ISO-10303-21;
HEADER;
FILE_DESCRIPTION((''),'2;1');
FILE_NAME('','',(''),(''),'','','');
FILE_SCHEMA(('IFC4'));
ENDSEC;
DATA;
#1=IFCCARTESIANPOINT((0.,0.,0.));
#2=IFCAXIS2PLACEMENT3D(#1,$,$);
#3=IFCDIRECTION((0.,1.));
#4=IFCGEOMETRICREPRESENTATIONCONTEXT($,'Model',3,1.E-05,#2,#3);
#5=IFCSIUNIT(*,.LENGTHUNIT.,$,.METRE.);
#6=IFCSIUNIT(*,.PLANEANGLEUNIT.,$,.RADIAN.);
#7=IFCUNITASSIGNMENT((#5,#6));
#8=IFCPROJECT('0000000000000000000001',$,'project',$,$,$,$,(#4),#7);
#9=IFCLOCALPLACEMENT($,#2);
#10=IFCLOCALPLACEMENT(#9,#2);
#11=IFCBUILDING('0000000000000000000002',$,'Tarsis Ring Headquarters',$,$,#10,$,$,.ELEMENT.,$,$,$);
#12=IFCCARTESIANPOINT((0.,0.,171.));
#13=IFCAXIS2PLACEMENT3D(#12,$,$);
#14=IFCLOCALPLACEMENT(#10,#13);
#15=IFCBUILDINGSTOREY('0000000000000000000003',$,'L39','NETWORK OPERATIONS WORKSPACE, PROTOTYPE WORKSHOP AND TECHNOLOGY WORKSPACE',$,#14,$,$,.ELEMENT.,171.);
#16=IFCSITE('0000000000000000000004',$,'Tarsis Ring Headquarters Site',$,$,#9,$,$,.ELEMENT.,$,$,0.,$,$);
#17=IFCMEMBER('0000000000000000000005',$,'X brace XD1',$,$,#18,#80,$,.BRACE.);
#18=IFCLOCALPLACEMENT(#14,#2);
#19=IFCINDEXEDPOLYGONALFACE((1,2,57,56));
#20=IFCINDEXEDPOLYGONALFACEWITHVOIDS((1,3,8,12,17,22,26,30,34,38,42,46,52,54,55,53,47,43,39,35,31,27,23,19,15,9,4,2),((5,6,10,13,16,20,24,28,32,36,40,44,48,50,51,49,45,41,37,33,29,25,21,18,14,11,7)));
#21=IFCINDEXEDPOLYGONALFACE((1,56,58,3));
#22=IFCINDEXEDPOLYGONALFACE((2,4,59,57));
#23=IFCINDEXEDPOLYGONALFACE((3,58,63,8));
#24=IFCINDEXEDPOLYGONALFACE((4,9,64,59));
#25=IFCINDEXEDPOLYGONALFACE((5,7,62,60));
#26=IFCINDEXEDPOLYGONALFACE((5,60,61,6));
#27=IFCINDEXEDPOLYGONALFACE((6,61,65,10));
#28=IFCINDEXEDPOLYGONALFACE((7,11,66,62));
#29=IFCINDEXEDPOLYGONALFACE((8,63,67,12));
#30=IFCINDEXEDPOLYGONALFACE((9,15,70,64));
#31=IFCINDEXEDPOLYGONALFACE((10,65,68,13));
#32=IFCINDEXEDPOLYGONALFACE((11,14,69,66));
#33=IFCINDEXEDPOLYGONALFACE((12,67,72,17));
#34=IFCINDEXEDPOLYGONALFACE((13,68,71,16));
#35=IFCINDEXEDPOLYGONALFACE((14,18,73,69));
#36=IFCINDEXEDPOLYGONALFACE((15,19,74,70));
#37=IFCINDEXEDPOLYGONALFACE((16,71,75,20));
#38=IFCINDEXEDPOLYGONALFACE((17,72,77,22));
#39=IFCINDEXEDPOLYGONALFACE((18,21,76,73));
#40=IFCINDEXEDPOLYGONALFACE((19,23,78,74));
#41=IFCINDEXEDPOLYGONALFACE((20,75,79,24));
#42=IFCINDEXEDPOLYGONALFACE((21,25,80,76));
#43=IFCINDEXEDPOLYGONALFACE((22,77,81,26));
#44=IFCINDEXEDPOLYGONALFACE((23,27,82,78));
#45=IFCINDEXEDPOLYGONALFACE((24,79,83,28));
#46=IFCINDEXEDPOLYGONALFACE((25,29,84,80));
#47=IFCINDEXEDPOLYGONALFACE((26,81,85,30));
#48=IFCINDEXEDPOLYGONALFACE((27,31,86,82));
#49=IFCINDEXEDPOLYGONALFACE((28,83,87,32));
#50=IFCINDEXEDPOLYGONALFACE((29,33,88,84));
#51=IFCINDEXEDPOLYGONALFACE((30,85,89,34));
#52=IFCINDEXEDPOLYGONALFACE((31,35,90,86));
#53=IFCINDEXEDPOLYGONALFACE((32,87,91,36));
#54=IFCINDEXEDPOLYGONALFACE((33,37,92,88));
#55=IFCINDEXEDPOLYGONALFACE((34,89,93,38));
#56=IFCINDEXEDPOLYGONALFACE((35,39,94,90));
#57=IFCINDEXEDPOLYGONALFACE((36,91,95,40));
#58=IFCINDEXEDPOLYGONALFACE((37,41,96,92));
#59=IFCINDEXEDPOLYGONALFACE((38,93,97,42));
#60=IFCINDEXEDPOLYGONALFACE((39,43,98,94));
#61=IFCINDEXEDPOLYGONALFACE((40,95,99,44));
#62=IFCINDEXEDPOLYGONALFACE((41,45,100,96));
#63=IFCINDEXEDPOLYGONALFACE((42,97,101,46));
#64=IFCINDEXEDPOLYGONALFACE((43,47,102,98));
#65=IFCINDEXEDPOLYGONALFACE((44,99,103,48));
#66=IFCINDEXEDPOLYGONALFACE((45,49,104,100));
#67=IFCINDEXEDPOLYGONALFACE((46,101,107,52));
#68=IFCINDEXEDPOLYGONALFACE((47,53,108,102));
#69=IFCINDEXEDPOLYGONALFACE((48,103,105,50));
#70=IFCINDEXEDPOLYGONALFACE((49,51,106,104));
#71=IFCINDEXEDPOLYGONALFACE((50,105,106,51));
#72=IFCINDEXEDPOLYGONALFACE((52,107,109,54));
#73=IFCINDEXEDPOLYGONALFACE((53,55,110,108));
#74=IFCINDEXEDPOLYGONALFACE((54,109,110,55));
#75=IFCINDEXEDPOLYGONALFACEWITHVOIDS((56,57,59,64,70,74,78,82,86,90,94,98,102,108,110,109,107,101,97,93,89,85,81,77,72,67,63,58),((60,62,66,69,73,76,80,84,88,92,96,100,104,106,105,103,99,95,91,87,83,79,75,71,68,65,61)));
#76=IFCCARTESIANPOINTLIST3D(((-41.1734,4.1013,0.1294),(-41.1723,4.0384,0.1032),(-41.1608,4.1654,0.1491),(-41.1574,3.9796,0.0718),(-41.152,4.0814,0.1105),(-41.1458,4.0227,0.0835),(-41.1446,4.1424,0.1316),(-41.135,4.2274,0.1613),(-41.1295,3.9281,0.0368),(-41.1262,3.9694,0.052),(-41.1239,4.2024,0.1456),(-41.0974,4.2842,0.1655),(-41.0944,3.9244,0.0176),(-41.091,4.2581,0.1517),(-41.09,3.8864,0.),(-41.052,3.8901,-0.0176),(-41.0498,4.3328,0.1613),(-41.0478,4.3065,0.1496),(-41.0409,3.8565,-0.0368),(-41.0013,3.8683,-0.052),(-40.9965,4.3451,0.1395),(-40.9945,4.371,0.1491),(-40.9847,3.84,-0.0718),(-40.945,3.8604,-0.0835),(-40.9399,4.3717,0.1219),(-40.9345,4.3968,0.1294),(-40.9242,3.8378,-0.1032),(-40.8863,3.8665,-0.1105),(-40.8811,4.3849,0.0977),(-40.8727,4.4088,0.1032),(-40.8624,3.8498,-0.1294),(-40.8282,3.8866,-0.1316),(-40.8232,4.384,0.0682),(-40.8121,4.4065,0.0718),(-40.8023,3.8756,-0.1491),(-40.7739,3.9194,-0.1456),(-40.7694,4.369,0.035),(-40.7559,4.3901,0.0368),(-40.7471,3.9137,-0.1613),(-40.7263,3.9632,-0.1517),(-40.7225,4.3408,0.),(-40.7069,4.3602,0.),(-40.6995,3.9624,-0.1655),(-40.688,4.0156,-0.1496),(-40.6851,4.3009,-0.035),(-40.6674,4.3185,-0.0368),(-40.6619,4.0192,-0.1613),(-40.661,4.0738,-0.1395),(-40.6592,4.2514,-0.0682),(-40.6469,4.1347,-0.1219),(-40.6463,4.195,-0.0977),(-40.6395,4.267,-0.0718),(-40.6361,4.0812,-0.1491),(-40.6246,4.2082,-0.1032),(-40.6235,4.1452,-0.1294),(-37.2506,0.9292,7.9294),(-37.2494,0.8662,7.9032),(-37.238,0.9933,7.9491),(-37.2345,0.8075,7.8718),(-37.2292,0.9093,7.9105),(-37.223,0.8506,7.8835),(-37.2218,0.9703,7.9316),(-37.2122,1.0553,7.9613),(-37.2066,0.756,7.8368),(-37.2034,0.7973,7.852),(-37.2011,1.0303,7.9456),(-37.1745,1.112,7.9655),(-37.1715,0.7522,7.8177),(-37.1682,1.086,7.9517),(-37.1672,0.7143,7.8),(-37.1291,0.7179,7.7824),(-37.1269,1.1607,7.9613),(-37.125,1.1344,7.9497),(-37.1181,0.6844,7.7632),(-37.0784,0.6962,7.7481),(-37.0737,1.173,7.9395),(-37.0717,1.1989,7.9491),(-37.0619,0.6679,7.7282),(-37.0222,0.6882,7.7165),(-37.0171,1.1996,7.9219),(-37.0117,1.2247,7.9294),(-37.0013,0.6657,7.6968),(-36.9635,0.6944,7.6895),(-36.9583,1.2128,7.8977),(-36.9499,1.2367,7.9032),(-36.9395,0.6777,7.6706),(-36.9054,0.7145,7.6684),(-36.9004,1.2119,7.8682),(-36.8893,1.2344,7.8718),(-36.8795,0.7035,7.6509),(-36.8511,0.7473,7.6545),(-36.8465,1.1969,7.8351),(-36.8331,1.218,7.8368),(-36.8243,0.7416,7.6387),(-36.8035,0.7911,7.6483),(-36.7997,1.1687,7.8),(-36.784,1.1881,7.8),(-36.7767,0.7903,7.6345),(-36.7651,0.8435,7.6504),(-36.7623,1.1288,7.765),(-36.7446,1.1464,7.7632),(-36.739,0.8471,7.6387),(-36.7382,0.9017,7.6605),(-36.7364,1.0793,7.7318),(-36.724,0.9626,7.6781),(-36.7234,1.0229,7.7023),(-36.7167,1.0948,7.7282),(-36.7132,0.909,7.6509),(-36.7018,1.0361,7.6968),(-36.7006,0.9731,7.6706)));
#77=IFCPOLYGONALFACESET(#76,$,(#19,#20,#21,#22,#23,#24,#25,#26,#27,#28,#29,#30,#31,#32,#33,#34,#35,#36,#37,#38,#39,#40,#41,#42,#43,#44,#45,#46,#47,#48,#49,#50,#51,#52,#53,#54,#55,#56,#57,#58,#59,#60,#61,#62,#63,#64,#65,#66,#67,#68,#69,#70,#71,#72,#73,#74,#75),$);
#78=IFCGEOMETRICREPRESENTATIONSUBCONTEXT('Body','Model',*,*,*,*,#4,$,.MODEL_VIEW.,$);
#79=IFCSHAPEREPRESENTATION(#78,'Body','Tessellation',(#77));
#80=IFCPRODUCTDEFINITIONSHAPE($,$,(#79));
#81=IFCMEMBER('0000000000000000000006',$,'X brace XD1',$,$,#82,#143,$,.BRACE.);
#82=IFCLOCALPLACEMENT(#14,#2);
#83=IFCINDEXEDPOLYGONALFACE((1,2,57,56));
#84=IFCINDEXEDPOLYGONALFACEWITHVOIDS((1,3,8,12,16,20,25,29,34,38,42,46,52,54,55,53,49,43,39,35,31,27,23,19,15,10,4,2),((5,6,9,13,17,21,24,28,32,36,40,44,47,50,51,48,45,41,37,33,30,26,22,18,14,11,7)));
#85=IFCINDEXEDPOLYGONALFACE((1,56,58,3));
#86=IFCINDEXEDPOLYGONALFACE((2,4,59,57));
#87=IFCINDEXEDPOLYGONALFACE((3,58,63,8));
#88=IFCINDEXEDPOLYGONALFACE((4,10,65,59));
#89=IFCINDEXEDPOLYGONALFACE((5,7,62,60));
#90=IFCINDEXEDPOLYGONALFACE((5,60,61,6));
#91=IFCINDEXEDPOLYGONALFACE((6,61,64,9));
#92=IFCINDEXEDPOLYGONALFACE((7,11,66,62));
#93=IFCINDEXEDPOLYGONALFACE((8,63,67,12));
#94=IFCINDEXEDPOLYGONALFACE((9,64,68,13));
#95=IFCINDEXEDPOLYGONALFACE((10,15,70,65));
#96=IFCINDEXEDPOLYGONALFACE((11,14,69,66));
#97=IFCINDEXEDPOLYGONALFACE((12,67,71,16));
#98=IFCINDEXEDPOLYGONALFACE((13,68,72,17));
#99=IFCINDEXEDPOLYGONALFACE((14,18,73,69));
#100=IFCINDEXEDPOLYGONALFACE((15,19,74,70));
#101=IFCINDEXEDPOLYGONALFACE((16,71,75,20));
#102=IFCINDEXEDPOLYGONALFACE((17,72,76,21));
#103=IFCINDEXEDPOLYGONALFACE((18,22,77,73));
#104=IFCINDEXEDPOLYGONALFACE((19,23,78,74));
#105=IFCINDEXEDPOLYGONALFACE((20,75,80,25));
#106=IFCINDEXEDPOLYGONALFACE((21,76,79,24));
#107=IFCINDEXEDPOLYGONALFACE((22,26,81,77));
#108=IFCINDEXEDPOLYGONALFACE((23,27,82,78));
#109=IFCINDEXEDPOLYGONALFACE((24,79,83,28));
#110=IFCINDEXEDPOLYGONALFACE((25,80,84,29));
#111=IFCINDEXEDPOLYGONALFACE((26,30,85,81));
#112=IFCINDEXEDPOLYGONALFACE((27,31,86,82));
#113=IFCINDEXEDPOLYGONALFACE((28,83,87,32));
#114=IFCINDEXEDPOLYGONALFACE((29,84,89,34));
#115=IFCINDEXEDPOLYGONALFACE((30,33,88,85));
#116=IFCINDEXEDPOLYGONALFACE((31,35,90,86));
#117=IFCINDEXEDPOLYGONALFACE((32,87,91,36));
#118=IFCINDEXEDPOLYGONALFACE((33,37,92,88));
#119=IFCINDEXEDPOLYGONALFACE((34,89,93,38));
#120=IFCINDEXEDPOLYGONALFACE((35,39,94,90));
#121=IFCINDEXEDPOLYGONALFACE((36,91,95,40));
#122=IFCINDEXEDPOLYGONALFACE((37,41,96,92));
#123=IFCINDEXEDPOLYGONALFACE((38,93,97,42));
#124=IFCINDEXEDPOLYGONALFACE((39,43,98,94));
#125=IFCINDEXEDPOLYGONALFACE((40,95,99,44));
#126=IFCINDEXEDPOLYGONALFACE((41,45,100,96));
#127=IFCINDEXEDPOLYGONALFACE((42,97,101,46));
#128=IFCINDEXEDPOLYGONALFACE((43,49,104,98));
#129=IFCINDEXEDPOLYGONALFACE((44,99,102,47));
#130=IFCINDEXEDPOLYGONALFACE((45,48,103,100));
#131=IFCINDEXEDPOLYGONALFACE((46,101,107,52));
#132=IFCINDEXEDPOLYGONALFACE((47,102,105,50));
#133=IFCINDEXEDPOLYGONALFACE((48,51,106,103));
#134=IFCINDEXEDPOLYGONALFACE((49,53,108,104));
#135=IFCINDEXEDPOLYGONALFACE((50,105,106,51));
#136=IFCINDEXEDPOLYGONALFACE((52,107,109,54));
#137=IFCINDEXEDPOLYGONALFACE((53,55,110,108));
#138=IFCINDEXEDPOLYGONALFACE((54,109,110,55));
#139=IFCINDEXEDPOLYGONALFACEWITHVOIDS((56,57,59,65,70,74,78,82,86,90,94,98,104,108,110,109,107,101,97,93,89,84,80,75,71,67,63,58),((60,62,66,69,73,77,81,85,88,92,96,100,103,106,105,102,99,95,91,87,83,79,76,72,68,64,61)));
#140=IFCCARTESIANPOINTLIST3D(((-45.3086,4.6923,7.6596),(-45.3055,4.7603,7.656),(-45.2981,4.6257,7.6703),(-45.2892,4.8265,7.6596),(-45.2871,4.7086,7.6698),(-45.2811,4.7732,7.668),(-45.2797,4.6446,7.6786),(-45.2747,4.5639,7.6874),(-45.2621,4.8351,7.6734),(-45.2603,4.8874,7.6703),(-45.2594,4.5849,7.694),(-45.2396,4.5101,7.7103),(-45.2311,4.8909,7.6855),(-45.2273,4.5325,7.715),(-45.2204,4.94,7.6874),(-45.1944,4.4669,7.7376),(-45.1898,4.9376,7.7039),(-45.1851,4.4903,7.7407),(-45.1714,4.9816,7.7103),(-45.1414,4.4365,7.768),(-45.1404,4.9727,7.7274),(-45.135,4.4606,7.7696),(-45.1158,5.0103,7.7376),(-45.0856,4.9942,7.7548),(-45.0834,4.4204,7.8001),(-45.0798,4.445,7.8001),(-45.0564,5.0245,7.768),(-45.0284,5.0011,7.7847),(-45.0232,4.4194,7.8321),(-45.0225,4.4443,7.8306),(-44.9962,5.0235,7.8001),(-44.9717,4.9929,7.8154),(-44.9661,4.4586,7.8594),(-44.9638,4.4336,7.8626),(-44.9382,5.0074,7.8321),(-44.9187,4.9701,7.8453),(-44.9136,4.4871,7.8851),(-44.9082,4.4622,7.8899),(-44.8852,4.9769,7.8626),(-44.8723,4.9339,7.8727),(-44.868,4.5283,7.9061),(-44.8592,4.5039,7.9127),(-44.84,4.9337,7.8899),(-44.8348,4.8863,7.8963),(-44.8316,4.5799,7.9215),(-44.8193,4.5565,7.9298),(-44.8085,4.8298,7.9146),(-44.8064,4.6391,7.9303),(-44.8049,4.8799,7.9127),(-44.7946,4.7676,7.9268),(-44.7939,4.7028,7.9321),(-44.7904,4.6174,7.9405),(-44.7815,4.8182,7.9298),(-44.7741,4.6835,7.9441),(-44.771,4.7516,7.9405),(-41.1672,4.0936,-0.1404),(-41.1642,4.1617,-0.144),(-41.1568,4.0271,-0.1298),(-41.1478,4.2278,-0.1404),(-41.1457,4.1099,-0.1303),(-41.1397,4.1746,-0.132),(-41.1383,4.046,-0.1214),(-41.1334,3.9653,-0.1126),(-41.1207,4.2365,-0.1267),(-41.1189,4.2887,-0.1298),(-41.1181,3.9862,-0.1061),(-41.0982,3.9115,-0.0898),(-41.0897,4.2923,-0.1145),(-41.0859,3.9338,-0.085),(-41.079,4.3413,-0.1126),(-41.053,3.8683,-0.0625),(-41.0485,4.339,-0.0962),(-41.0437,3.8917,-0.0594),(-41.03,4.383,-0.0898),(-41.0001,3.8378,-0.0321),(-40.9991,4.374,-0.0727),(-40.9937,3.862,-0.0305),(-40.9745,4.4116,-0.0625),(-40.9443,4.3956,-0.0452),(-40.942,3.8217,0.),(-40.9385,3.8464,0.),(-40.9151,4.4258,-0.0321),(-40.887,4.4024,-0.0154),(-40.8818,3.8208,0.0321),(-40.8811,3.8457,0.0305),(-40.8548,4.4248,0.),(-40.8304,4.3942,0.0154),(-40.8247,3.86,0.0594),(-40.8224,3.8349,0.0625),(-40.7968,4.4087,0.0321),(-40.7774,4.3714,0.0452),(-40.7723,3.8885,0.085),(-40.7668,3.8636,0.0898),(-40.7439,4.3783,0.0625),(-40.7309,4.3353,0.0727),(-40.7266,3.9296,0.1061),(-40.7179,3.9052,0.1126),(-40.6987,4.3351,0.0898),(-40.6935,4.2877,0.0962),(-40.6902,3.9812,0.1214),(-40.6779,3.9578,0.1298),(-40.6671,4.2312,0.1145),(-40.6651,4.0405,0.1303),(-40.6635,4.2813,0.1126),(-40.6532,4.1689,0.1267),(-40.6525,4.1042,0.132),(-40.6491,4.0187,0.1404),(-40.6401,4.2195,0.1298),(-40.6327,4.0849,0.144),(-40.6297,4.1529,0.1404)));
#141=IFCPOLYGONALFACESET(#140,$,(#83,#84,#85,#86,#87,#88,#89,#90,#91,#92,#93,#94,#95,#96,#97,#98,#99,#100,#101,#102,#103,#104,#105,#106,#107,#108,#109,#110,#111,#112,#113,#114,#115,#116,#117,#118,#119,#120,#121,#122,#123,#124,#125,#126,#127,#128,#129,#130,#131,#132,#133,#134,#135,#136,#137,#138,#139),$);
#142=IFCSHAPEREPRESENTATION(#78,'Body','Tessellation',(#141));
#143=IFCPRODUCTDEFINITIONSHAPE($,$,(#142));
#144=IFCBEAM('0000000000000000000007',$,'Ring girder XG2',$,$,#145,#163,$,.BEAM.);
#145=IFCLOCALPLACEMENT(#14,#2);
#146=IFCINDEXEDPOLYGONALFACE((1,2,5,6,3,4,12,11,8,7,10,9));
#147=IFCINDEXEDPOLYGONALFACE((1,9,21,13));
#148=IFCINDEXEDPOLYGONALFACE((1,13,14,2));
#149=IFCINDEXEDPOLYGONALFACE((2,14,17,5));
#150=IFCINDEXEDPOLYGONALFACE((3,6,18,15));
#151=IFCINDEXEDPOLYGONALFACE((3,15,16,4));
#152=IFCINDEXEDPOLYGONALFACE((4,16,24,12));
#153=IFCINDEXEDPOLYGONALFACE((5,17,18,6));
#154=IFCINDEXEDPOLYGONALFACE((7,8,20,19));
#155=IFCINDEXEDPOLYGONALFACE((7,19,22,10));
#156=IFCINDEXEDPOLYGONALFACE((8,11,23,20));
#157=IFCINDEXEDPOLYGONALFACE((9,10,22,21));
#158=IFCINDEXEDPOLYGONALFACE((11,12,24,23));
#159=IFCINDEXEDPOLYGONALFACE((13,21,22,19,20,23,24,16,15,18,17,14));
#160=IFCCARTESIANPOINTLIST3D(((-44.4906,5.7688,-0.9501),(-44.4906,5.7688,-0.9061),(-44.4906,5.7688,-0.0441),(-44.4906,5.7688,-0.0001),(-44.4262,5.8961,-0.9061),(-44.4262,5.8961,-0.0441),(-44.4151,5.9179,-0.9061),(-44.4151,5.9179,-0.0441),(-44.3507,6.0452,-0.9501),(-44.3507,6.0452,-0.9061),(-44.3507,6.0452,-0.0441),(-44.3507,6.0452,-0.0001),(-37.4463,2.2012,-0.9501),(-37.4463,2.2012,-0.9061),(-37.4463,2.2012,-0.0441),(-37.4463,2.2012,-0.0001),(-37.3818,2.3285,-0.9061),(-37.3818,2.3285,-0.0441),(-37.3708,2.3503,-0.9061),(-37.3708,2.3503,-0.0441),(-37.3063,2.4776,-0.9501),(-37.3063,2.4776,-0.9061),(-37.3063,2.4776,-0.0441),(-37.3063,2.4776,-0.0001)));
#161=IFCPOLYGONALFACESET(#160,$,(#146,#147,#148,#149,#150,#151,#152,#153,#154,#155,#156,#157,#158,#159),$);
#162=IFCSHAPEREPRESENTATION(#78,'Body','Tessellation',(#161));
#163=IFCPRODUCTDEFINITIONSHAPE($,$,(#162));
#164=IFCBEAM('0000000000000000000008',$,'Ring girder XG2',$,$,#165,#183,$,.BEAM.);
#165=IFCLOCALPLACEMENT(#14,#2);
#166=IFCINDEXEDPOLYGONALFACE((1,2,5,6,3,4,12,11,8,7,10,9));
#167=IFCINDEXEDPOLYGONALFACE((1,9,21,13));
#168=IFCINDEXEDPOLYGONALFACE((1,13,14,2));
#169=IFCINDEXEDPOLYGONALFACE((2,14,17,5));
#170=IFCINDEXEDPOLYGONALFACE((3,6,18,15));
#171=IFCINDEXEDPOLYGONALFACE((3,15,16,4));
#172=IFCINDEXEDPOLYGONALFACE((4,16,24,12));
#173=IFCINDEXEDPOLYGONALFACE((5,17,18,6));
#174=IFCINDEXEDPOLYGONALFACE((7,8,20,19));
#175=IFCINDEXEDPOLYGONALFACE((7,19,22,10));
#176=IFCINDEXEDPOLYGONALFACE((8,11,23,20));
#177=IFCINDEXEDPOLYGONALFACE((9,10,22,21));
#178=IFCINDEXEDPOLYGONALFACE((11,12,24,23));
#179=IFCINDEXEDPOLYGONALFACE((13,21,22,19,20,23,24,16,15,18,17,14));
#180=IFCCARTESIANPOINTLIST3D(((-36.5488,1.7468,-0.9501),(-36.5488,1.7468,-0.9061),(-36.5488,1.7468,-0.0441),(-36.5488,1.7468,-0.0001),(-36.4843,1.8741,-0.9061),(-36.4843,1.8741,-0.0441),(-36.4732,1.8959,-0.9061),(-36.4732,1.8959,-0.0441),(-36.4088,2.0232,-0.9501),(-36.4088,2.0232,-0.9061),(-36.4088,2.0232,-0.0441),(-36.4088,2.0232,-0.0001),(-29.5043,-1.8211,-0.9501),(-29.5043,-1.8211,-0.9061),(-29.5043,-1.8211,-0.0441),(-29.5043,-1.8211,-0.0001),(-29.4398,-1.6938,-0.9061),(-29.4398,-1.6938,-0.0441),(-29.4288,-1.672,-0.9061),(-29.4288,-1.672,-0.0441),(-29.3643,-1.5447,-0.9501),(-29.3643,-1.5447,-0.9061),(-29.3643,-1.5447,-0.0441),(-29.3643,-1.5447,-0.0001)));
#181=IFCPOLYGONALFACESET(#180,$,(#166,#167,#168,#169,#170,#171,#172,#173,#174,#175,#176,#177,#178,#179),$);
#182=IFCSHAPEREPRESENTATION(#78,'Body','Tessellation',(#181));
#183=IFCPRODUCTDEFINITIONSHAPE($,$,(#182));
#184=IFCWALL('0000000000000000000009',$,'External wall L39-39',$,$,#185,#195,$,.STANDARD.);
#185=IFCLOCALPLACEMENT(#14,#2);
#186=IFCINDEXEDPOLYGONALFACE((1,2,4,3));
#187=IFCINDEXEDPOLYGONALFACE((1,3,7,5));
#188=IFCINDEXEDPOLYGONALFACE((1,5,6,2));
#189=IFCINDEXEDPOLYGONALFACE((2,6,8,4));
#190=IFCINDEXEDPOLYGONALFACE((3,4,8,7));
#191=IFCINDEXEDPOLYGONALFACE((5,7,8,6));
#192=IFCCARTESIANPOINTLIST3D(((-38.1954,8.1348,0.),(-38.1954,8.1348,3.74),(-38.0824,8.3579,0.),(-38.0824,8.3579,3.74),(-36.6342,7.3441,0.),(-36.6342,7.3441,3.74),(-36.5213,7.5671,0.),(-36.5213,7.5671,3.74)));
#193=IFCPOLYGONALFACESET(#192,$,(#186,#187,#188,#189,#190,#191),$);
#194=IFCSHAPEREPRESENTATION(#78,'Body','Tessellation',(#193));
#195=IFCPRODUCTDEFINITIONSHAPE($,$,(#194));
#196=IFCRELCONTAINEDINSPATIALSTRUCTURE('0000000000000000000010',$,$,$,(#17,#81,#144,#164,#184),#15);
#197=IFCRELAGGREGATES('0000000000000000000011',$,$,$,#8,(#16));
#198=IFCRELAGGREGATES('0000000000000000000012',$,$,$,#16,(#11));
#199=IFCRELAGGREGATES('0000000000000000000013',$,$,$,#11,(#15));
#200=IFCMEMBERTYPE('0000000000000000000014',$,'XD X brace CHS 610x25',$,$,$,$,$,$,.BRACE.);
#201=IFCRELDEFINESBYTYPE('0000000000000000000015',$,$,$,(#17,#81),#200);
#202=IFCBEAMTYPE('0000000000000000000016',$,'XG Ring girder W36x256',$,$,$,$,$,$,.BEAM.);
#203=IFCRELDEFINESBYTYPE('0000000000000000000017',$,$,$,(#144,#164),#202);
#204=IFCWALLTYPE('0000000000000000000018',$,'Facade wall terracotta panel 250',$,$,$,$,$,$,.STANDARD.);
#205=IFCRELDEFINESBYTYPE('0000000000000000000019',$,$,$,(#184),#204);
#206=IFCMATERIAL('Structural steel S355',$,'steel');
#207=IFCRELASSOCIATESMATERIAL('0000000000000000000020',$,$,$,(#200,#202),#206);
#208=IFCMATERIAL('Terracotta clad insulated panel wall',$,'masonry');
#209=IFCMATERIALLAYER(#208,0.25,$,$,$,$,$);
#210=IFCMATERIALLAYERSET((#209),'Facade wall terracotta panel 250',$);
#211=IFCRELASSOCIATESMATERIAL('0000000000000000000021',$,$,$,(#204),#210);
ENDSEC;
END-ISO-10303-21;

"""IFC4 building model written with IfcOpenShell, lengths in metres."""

from ifc_helpers import new_model, si_unit, direction, frame, frame_2d, origin, origin_2d, place, context, subcontext, project, spatial, rectangle, hollow_circle, i_section, extrude, material, layer, layer_set, material_profile, profile_set, type_object, element, save


model = new_model("IFC4")

# Units and contexts
model_context = context("Model", 3, precision=1e-05, world=origin(), true_north=direction((0.0, 1.0)))
body_context = subcontext(model_context, "Body", "Model", "MODEL_VIEW")
ifc_project = project(units=[si_unit("LENGTHUNIT", "METRE"), si_unit("PLANEANGLEUNIT", "RADIAN")], contexts=[model_context])

# Site, building, storey
site_placement = place(None, origin())
site = spatial("IfcSite", under=ifc_project, at=site_placement, Name="Tarsis Ring Headquarters Site", CompositionType="ELEMENT", RefElevation=0.0)
building_placement = place(site_placement, origin())
building = spatial("IfcBuilding", under=site, at=building_placement, Name="Tarsis Ring Headquarters", CompositionType="ELEMENT")
storey_placement = place(building_placement, frame((0.0, 0.0, 171.0)))
storey = spatial("IfcBuildingStorey", under=building, at=storey_placement, Name="L39", Description="NETWORK OPERATIONS WORKSPACE, PROTOTYPE WORKSHOP AND TECHNOLOGY WORKSPACE", CompositionType="ELEMENT", Elevation=171.0)

# Shared definitions
ifc_material_1 = material(Name="Structural steel S355", Category="steel")

# Members
ifc_material_profile_1 = material_profile(ifc_material_1, hollow_circle(Radius=0.3047, WallThickness=0.0249, at=origin_2d()), Name="CHS 610x25")
ifc_profile_set_1 = profile_set([ifc_material_profile_1], Name="Structural steel S355")
member_type = type_object("IfcMemberType", Name="XD X brace CHS 610x25", PredefinedType="BRACE", material=ifc_profile_set_1)
member_1_placement = place(storey_placement, frame((-40.8984, 4.1233, 0.0), z_axis=(0.422296, -0.341479, 0.839677), x_axis=(0.628776, 0.777586, 0.0)))
element("IfcMember", 1, at=member_1_placement, inside=storey, type_object=member_type, Name="X brace XD1", PredefinedType="BRACE", context=body_context, shape_type="SweptSolid", body=[
    extrude(hollow_circle(Radius=0.3047, WallThickness=0.0249, at=origin_2d()), origin(), (0.0, 0.0, 1.0), 9.2893),
])
member_2_placement = place(storey_placement, frame((-40.8984, 4.1233, 0.0), z_axis=(-0.467868, 0.06763, 0.881207), x_axis=(-0.143063, -0.989714, 0.0)))
element("IfcMember", 2, at=member_2_placement, inside=storey, type_object=member_type, Name="X brace XD1", PredefinedType="BRACE", context=body_context, shape_type="SweptSolid", body=[
    extrude(hollow_circle(Radius=0.3047, WallThickness=0.0249, at=origin_2d()), origin(), (0.0, 0.0, 1.0), 8.8516),
])

# Beams
ifc_material_profile_2 = material_profile(ifc_material_1, i_section(OverallWidth=0.3098, OverallDepth=0.95, WebThickness=0.0244, FlangeThickness=0.0439, at=origin_2d()), Name="W36x256")
ifc_profile_set_2 = profile_set([ifc_material_profile_2], Name="Structural steel S355")
beam_type = type_object("IfcBeamType", Name="XG Ring girder W36x256", PredefinedType="BEAM", material=ifc_profile_set_2)
beam_1_placement = place(storey_placement, frame((-44.4207, 5.907, -0.4751), z_axis=(0.892115, -0.451808, 0.0), x_axis=(0.451808, 0.892115, 0.0)))
element("IfcBeam", 3, at=beam_1_placement, inside=storey, type_object=beam_type, Name="Ring girder XG2", PredefinedType="BEAM", context=body_context, shape_type="SweptSolid", body=[
    extrude(i_section(OverallWidth=0.3098, OverallDepth=0.95, WebThickness=0.0244, FlangeThickness=0.0439, at=origin_2d()), origin(), (0.0, 0.0, 1.0), 7.8962),
])
beam_2_placement = place(storey_placement, frame((-36.4788, 1.885, -0.4751), z_axis=(0.892103, -0.451833, 0.0), x_axis=(0.451833, 0.892103, 0.0)))
element("IfcBeam", 4, at=beam_2_placement, inside=storey, type_object=beam_type, Name="Ring girder XG2", PredefinedType="BEAM", context=body_context, shape_type="SweptSolid", body=[
    extrude(i_section(OverallWidth=0.3098, OverallDepth=0.95, WebThickness=0.0244, FlangeThickness=0.0439, at=origin_2d()), origin(), (0.0, 0.0, 1.0), 7.8965),
])

# Shared definitions
ifc_material_2 = material(Name="Terracotta clad insulated panel wall", Category="masonry")
ifc_layer = layer(ifc_material_2, 0.25)
ifc_layer_set = layer_set([ifc_layer], Name="Facade wall terracotta panel 250")
wall_type = type_object("IfcWallType", Name="Facade wall terracotta panel 250", PredefinedType="STANDARD", material=ifc_layer_set)

# Wall
for number, where, z_axis, x_axis, name in (
    (5, (-38.1389, 8.2463, 0.0), (0.0, 0.0, 1.0), (0.8921, -0.451839, 0.0), "External wall L39-39"),
):
    element("IfcWall", number, at=place(storey_placement, frame(where, z_axis=z_axis, x_axis=x_axis)), inside=storey, type_object=wall_type, Name=name, PredefinedType="STANDARD", context=body_context, shape_type="SweptSolid", body=[
        extrude(rectangle(XDim=1.75, YDim=0.25, at=frame_2d((0.875, 0.0))), origin(), (0.0, 0.0, 1.0), 3.74),
    ])

save(model, "model.ifc")
